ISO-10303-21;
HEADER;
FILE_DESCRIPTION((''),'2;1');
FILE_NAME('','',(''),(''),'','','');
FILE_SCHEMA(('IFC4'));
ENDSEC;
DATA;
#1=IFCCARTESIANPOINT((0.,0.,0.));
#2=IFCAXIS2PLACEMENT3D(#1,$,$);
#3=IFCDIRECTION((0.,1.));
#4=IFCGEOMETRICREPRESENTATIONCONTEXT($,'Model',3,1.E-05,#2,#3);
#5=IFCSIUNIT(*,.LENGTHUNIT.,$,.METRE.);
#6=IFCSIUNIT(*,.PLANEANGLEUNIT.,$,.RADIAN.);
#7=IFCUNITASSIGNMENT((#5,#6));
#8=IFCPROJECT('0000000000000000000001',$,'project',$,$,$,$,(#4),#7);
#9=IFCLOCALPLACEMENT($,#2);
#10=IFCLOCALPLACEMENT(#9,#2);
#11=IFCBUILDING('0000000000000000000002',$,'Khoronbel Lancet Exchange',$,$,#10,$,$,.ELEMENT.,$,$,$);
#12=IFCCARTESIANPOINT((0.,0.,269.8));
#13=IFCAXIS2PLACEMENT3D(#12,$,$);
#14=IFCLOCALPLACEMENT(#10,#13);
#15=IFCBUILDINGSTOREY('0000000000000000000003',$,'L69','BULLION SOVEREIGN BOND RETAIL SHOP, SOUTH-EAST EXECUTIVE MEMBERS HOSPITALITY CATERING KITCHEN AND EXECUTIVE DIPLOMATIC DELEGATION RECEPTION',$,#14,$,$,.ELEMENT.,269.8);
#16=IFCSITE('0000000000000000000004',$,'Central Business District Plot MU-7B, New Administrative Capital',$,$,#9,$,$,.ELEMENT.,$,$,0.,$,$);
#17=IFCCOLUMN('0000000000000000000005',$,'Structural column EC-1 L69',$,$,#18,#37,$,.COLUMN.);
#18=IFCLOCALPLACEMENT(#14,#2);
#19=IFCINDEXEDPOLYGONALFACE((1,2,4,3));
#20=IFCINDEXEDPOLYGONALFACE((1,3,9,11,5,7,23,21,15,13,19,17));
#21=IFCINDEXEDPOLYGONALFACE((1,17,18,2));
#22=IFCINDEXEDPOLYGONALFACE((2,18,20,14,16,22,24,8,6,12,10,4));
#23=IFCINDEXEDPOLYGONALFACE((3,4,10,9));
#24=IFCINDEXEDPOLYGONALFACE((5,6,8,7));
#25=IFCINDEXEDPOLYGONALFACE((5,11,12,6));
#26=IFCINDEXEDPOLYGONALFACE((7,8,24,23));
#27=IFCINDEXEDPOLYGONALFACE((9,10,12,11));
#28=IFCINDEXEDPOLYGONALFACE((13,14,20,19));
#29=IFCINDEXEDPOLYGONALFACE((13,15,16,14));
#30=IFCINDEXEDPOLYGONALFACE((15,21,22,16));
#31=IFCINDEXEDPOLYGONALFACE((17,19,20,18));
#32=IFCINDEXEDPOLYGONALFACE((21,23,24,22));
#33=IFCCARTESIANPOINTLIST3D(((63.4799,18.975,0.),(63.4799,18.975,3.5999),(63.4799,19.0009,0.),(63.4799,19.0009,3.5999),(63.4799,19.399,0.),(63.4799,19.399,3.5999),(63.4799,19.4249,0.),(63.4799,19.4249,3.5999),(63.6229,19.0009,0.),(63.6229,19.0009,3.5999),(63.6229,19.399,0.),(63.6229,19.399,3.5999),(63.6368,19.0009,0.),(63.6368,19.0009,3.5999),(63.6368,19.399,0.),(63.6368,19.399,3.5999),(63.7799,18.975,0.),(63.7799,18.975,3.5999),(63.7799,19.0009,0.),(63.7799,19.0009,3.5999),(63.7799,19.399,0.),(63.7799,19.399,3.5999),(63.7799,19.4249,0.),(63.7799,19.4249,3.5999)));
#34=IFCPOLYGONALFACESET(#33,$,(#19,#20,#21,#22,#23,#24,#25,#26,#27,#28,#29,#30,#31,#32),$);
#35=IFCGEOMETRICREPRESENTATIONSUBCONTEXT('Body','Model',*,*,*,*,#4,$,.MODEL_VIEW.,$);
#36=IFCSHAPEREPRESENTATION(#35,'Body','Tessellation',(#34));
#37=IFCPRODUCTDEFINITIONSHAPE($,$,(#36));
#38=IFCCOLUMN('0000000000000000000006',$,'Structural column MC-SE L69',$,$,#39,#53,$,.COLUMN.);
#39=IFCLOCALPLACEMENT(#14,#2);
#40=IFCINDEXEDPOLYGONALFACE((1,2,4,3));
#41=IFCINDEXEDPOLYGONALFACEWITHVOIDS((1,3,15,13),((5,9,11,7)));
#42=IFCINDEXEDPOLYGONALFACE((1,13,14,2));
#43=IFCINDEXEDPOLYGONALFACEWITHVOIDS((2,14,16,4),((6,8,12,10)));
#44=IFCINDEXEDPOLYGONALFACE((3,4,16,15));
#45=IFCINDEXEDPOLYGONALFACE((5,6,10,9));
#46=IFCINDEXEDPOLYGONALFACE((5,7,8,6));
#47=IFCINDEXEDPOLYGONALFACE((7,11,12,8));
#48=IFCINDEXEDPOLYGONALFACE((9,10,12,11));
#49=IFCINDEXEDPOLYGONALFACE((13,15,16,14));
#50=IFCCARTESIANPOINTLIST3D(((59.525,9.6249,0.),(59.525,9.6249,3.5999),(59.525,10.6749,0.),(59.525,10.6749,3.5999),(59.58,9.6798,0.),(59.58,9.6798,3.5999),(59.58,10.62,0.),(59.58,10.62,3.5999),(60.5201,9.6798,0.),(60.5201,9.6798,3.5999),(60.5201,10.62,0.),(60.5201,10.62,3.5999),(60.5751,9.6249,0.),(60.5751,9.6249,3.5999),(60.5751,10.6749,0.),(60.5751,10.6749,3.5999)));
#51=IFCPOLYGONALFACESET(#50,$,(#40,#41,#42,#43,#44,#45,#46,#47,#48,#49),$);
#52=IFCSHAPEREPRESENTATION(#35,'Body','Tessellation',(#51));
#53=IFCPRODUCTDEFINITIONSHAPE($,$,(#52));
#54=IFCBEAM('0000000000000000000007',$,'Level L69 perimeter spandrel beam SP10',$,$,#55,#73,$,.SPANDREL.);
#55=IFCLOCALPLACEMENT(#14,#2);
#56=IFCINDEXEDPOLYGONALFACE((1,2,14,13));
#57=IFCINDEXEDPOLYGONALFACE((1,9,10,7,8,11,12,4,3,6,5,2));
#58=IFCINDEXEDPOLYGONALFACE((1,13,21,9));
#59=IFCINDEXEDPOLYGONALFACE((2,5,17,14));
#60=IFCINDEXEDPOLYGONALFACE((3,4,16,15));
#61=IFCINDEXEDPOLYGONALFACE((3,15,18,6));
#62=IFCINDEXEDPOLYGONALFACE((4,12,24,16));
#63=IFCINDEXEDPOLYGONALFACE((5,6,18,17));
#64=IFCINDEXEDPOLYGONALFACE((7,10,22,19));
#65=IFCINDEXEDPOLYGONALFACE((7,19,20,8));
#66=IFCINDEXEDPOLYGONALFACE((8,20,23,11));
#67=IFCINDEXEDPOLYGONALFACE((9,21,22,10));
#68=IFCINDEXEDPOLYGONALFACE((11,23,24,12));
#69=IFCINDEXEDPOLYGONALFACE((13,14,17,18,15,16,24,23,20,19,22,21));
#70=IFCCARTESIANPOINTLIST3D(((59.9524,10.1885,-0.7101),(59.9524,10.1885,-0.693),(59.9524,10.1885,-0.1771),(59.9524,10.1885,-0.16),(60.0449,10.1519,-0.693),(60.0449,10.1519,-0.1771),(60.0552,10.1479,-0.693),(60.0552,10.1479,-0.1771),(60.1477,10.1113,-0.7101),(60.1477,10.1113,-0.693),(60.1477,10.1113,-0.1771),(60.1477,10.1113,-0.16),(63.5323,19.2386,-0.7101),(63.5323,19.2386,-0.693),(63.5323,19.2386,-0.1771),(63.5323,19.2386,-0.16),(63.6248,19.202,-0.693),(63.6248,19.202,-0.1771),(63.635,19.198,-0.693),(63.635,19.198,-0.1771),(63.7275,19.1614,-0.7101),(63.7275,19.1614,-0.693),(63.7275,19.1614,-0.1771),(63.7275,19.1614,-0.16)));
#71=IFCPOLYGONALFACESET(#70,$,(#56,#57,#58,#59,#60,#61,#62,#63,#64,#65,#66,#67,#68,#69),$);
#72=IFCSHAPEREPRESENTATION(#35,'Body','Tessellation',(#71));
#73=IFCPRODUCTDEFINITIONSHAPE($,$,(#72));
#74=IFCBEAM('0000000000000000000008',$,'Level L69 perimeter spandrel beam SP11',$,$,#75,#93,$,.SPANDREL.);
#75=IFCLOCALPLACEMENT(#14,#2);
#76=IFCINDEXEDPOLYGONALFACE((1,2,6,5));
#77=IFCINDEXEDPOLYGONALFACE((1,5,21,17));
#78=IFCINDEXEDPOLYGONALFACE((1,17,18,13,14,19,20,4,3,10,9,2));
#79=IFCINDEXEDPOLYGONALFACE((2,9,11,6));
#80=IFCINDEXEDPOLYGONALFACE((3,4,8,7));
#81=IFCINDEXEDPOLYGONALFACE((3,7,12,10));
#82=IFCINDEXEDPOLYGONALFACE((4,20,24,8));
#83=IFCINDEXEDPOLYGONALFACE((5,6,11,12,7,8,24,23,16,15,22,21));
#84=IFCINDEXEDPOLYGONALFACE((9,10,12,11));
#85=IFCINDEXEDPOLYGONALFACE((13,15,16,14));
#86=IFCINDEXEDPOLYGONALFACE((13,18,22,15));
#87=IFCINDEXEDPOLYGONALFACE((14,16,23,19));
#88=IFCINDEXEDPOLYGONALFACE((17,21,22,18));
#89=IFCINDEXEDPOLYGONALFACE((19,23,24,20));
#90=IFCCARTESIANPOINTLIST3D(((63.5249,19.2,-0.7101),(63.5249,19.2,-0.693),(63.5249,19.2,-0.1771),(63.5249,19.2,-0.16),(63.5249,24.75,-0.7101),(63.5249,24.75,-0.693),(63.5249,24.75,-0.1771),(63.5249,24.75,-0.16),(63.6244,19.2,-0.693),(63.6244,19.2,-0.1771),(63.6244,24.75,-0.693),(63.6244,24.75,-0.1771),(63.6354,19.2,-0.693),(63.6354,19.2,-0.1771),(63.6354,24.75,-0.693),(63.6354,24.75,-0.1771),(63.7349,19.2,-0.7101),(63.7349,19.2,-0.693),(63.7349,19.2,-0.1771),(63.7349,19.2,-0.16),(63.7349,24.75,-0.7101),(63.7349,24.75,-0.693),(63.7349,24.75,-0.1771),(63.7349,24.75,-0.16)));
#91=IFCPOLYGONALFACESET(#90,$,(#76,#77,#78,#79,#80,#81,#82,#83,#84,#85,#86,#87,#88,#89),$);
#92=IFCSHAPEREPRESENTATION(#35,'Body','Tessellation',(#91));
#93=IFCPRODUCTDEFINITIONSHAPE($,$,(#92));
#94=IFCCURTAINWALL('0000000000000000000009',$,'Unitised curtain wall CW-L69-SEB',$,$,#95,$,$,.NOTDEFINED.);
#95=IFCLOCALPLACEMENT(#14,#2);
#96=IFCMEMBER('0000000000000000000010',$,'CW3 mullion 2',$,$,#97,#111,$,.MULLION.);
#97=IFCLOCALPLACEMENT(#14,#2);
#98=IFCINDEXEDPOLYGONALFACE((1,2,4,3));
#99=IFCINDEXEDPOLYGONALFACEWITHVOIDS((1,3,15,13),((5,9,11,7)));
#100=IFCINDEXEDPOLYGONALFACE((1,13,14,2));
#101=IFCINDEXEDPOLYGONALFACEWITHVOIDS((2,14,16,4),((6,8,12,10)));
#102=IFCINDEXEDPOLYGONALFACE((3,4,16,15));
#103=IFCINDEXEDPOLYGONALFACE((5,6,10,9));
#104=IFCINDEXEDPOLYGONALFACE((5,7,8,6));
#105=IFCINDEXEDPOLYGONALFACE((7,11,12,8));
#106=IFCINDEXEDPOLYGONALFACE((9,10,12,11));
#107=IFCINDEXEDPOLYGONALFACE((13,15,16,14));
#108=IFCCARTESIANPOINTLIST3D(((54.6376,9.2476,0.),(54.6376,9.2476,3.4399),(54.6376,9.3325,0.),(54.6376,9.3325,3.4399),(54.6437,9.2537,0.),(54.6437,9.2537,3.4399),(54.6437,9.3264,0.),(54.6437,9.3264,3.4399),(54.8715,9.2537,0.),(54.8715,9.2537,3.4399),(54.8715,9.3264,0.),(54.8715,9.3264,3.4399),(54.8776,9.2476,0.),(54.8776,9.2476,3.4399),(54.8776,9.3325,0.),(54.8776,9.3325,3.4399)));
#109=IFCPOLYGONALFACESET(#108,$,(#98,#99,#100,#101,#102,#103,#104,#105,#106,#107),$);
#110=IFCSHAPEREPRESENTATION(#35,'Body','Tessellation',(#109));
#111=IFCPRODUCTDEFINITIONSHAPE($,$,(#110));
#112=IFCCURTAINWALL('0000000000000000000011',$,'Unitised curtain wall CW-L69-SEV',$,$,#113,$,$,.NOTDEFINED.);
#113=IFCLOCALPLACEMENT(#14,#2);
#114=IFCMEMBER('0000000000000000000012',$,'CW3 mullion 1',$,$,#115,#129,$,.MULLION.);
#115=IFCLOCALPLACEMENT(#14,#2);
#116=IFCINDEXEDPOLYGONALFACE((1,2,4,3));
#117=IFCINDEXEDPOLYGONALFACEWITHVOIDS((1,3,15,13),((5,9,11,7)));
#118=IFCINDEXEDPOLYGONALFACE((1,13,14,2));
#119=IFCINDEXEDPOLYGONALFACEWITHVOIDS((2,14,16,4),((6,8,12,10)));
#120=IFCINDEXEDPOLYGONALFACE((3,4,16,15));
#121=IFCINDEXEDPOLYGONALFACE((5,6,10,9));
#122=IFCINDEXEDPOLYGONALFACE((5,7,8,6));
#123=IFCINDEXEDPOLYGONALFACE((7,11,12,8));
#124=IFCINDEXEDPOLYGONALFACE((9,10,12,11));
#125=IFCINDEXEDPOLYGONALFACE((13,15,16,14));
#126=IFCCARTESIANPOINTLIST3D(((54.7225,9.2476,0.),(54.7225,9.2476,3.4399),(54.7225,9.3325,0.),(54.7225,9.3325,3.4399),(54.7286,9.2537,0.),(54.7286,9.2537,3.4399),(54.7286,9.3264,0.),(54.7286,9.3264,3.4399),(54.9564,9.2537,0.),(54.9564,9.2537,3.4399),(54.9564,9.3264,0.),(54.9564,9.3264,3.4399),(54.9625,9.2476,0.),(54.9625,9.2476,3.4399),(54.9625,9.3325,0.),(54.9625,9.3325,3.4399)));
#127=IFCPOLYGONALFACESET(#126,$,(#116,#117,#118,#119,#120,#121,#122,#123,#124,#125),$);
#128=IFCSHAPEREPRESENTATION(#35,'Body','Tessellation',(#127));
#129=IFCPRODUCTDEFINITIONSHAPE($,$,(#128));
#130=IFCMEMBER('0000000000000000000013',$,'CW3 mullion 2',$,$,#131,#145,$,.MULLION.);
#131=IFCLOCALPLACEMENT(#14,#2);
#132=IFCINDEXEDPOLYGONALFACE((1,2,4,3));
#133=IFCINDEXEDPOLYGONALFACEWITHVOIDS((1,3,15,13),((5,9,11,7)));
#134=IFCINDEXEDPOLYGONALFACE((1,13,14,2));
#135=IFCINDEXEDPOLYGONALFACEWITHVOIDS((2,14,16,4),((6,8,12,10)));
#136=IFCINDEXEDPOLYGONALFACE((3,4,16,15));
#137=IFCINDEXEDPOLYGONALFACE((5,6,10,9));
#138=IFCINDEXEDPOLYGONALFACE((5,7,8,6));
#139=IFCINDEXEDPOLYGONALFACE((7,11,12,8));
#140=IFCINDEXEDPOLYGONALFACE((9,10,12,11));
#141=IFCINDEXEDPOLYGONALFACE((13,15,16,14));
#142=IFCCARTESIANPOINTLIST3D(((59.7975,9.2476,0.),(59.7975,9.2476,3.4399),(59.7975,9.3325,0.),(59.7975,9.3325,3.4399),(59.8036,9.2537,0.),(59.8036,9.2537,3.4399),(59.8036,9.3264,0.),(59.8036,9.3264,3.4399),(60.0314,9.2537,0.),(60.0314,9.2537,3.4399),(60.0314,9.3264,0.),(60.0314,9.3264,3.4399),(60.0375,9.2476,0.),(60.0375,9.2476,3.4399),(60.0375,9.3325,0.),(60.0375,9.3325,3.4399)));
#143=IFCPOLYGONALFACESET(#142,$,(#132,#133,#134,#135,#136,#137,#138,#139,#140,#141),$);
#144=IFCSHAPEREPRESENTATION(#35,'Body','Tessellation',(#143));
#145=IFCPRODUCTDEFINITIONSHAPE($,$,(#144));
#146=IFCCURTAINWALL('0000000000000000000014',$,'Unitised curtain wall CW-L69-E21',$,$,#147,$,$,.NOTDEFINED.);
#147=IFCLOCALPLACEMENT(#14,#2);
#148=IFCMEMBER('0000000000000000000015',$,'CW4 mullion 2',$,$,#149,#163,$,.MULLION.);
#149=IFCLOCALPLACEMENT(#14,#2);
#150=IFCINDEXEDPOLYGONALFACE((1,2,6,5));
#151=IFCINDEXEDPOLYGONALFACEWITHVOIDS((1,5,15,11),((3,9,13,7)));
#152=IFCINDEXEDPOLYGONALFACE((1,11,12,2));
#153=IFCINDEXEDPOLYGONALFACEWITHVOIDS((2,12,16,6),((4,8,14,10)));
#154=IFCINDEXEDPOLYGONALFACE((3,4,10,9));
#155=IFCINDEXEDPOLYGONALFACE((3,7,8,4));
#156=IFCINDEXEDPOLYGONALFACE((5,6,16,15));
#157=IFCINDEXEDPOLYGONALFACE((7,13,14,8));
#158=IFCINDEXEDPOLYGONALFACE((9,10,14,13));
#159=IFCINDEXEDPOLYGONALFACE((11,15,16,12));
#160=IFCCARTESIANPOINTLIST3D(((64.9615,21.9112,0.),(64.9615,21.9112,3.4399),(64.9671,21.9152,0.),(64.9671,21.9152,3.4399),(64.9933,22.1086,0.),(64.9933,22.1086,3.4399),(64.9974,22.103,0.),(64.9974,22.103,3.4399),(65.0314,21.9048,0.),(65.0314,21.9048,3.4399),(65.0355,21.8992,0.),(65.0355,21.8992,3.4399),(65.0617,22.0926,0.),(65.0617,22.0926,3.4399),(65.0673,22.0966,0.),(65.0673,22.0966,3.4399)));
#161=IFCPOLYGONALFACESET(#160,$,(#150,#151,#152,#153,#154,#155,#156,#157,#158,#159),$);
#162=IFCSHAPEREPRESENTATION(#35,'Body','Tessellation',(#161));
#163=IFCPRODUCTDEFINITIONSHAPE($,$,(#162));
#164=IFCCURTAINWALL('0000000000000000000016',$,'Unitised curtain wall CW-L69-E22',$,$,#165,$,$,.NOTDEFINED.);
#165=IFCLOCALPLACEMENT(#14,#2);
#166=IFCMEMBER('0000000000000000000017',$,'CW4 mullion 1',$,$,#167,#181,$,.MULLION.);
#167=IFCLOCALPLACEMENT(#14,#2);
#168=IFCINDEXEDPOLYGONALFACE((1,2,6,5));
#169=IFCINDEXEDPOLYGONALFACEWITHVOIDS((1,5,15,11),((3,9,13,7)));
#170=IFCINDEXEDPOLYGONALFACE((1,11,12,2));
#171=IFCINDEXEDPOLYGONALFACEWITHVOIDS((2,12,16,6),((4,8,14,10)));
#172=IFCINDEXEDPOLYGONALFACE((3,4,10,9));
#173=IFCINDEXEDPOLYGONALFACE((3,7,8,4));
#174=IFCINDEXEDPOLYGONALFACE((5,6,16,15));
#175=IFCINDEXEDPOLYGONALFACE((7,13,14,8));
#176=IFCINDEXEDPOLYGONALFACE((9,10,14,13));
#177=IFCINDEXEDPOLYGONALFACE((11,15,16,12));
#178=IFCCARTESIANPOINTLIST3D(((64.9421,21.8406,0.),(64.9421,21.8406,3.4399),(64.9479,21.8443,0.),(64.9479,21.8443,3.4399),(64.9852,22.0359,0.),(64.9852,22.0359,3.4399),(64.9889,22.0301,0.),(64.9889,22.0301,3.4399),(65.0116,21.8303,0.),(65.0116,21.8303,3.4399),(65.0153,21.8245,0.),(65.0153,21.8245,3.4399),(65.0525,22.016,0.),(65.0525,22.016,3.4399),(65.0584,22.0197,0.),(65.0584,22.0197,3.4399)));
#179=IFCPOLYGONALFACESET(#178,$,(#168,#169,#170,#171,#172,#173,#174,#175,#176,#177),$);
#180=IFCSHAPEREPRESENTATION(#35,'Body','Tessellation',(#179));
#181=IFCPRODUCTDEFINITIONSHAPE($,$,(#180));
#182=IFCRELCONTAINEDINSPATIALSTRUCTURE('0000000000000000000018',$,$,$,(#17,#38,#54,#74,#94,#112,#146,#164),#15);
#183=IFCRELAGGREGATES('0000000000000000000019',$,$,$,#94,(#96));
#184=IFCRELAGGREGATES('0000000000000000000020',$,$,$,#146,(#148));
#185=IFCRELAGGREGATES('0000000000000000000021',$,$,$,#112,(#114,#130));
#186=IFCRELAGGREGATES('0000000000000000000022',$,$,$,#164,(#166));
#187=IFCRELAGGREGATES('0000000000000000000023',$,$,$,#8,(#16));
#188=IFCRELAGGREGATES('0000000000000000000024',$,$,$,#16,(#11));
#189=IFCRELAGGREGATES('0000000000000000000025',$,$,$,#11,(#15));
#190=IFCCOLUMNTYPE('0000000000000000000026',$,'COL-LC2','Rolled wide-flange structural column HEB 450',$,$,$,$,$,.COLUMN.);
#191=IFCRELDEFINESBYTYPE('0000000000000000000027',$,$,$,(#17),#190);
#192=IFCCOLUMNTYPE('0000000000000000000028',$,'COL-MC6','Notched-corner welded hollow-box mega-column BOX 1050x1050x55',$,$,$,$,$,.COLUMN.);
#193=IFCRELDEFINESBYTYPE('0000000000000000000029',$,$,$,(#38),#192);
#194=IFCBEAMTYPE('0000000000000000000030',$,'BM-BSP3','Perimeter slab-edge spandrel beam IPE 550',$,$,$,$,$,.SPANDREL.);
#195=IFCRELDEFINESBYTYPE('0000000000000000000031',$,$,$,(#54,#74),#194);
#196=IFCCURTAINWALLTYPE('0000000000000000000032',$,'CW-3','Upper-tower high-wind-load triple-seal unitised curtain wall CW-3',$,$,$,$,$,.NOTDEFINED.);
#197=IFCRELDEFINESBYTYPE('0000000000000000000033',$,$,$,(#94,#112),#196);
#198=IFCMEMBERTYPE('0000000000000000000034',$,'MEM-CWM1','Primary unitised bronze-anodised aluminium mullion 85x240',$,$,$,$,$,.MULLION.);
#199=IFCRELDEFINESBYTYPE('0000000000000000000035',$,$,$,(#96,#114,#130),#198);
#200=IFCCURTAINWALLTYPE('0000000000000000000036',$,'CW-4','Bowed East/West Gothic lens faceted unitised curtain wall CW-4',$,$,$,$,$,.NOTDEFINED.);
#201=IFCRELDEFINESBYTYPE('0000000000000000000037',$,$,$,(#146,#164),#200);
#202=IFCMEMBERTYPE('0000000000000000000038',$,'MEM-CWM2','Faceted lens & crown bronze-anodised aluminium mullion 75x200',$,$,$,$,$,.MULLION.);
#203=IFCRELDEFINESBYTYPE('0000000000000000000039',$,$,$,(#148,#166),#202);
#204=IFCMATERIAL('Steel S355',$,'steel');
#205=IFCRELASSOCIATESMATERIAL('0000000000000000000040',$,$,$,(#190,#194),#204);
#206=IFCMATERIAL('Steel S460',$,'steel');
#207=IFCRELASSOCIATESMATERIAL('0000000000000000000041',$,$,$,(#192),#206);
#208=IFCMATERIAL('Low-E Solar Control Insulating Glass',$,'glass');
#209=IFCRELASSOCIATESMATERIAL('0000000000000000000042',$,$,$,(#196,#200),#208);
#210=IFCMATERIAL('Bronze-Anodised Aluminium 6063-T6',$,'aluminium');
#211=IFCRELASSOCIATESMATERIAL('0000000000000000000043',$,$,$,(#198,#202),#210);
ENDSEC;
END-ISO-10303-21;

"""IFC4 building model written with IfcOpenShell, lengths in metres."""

from ifc_helpers import new_model, si_unit, direction, frame, origin, origin_2d, place, context, subcontext, project, spatial, hollow_rectangle, i_section, extrude, material, material_profile, profile_set, type_object, element, aggregate, save


model = new_model("IFC4")

# Units and contexts
model_context = context("Model", 3, precision=1e-05, world=origin(), true_north=direction((0.0, 1.0)))
body_context = subcontext(model_context, "Body", "Model", "MODEL_VIEW")
ifc_project = project(units=[si_unit("LENGTHUNIT", "METRE"), si_unit("PLANEANGLEUNIT", "RADIAN")], contexts=[model_context])

# Site, building, storey
site_placement = place(None, origin())
site = spatial("IfcSite", under=ifc_project, at=site_placement, Name="Central Business District Plot MU-7B, New Administrative Capital", CompositionType="ELEMENT", RefElevation=0.0)
building_placement = place(site_placement, origin())
building = spatial("IfcBuilding", under=site, at=building_placement, Name="Khoronbel Lancet Exchange", CompositionType="ELEMENT")
storey_placement = place(building_placement, frame((0.0, 0.0, 269.8)))
storey = spatial("IfcBuildingStorey", under=building, at=storey_placement, Name="L69", Description="BULLION SOVEREIGN BOND RETAIL SHOP, SOUTH-EAST EXECUTIVE MEMBERS HOSPITALITY CATERING KITCHEN AND EXECUTIVE DIPLOMATIC DELEGATION RECEPTION", CompositionType="ELEMENT", Elevation=269.8)

# Columns
ifc_material_1 = material(Name="Steel S355", Category="steel")
ifc_material_profile_1 = material_profile(ifc_material_1, i_section(OverallWidth=0.3, OverallDepth=0.45, WebThickness=0.0139, FlangeThickness=0.0259, at=origin_2d()), Name="HEB 450")
ifc_profile_set_1 = profile_set([ifc_material_profile_1], Name="Steel S355")
column_type_1 = type_object("IfcColumnType", Name="COL-LC2", Description="Rolled wide-flange structural column HEB 450", PredefinedType="COLUMN", material=ifc_profile_set_1)
column_1_placement = place(storey_placement, frame((63.6299, 19.2, 0.0), z_axis=(0.0, 0.0, 1.0), x_axis=(1.0, 0.0, 0.0)))
element("IfcColumn", 1, at=column_1_placement, inside=storey, type_object=column_type_1, Name="Structural column EC-1 L69", PredefinedType="COLUMN", context=body_context, shape_type="SweptSolid", body=[
    extrude(i_section(OverallWidth=0.3, OverallDepth=0.45, WebThickness=0.0139, FlangeThickness=0.0259, at=origin_2d()), origin(), (0.0, 0.0, 1.0), 3.5999),
])
ifc_material_2 = material(Name="Steel S460", Category="steel")
ifc_material_profile_2 = material_profile(ifc_material_2, hollow_rectangle(XDim=1.05, YDim=1.05, WallThickness=0.0549, at=origin_2d()), Name="BOX 1050x1050x55")
ifc_profile_set_2 = profile_set([ifc_material_profile_2], Name="Steel S460")
column_type_2 = type_object("IfcColumnType", Name="COL-MC6", Description="Notched-corner welded hollow-box mega-column BOX 1050x1050x55", PredefinedType="COLUMN", material=ifc_profile_set_2)
column_2_placement = place(storey_placement, frame((60.05, 10.1499, 0.0), z_axis=(0.0, 0.0, 1.0), x_axis=(1.0, 0.0, 0.0)))
element("IfcColumn", 2, at=column_2_placement, inside=storey, type_object=column_type_2, Name="Structural column MC-SE L69", PredefinedType="COLUMN", context=body_context, shape_type="SweptSolid", body=[
    extrude(hollow_rectangle(XDim=1.05, YDim=1.05, WallThickness=0.0549, at=origin_2d()), origin(), (0.0, 0.0, 1.0), 3.5999),
])

# Beams
ifc_material_profile_3 = material_profile(ifc_material_1, i_section(OverallWidth=0.21, OverallDepth=0.55, WebThickness=0.011, FlangeThickness=0.0171, at=origin_2d()), Name="IPE 550")
ifc_profile_set_3 = profile_set([ifc_material_profile_3], Name="Steel S355")
beam_type = type_object("IfcBeamType", Name="BM-BSP3", Description="Perimeter slab-edge spandrel beam IPE 550", PredefinedType="SPANDREL", material=ifc_profile_set_3)
beam_1_placement = place(storey_placement, frame((60.05, 10.1499, -0.4351), z_axis=(0.367828, 0.929894, 0.0), x_axis=(-0.929894, 0.367828, 0.0)))
element("IfcBeam", 3, at=beam_1_placement, inside=storey, type_object=beam_type, Name="Level L69 perimeter spandrel beam SP10", PredefinedType="SPANDREL", context=body_context, shape_type="SweptSolid", body=[
    extrude(i_section(OverallWidth=0.21, OverallDepth=0.55, WebThickness=0.011, FlangeThickness=0.0171, at=origin_2d()), origin(), (0.0, 0.0, 1.0), 9.7324),
])
beam_2_placement = place(storey_placement, frame((63.6299, 19.2, -0.4351), z_axis=(0.0, 1.0, 0.0), x_axis=(-1.0, 0.0, 0.0)))
element("IfcBeam", 4, at=beam_2_placement, inside=storey, type_object=beam_type, Name="Level L69 perimeter spandrel beam SP11", PredefinedType="SPANDREL", context=body_context, shape_type="SweptSolid", body=[
    extrude(i_section(OverallWidth=0.21, OverallDepth=0.55, WebThickness=0.011, FlangeThickness=0.0171, at=origin_2d()), origin(), (0.0, 0.0, 1.0), 5.55),
])

# Curtain wall, member
ifc_material_3 = material(Name="Low-E Solar Control Insulating Glass", Category="glass")
curtain_wall_type_1 = type_object("IfcCurtainWallType", Name="CW-3", Description="Upper-tower high-wind-load triple-seal unitised curtain wall CW-3", PredefinedType="NOTDEFINED", material=ifc_material_3)
curtain_wall_1_placement = place(storey_placement, origin())
curtain_wall_1 = element("IfcCurtainWall", 5, at=curtain_wall_1_placement, inside=storey, type_object=curtain_wall_type_1, Name="Unitised curtain wall CW-L69-SEB", PredefinedType="NOTDEFINED")
ifc_material_4 = material(Name="Bronze-Anodised Aluminium 6063-T6", Category="aluminium")
ifc_material_profile_4 = material_profile(ifc_material_4, hollow_rectangle(XDim=0.085, YDim=0.24, WallThickness=0.0061, at=origin_2d()), Name="ALU MULLION 85x240")
ifc_profile_set_4 = profile_set([ifc_material_profile_4], Name="Bronze-Anodised Aluminium 6063-T6")
member_type_1 = type_object("IfcMemberType", Name="MEM-CWM1", Description="Primary unitised bronze-anodised aluminium mullion 85x240", PredefinedType="MULLION", material=ifc_profile_set_4)
member_1_placement = place(storey_placement, frame((54.7576, 9.29, 0.0), z_axis=(0.0, 0.0, 1.0), x_axis=(0.0, 1.0, 0.0)))
member_1 = element("IfcMember", 6, at=member_1_placement, type_object=member_type_1, Name="CW3 mullion 2", PredefinedType="MULLION", context=body_context, shape_type="SweptSolid", body=[
    extrude(hollow_rectangle(XDim=0.085, YDim=0.24, WallThickness=0.0061, at=origin_2d()), origin(), (0.0, 0.0, 1.0), 3.4399),
])
aggregate(curtain_wall_1, [member_1])

# Curtain wall, members
curtain_wall_2_placement = place(storey_placement, origin())
curtain_wall_2 = element("IfcCurtainWall", 7, at=curtain_wall_2_placement, inside=storey, type_object=curtain_wall_type_1, Name="Unitised curtain wall CW-L69-SEV", PredefinedType="NOTDEFINED")
member_2_placement = place(storey_placement, frame((54.8425, 9.29, 0.0), z_axis=(0.0, 0.0, 1.0), x_axis=(0.0, 1.0, 0.0)))
member_2 = element("IfcMember", 8, at=member_2_placement, type_object=member_type_1, Name="CW3 mullion 1", PredefinedType="MULLION", context=body_context, shape_type="SweptSolid", body=[
    extrude(hollow_rectangle(XDim=0.085, YDim=0.24, WallThickness=0.0061, at=origin_2d()), origin(), (0.0, 0.0, 1.0), 3.4399),
])
member_3_placement = place(storey_placement, frame((59.9175, 9.29, 0.0), z_axis=(0.0, 0.0, 1.0), x_axis=(0.0, 1.0, 0.0)))
member_3 = element("IfcMember", 9, at=member_3_placement, type_object=member_type_1, Name="CW3 mullion 2", PredefinedType="MULLION", context=body_context, shape_type="SweptSolid", body=[
    extrude(hollow_rectangle(XDim=0.085, YDim=0.24, WallThickness=0.0061, at=origin_2d()), origin(), (0.0, 0.0, 1.0), 3.4399),
])

# Curtain wall, member
curtain_wall_type_2 = type_object("IfcCurtainWallType", Name="CW-4", Description="Bowed East/West Gothic lens faceted unitised curtain wall CW-4", PredefinedType="NOTDEFINED", material=ifc_material_3)
curtain_wall_3_placement = place(storey_placement, origin())
curtain_wall_3 = element("IfcCurtainWall", 10, at=curtain_wall_3_placement, inside=storey, type_object=curtain_wall_type_2, Name="Unitised curtain wall CW-L69-E21", PredefinedType="NOTDEFINED")
ifc_material_profile_5 = material_profile(ifc_material_4, hollow_rectangle(XDim=0.075, YDim=0.2, WallThickness=0.0049, at=origin_2d()), Name="ALU MULLION 75x200")
ifc_profile_set_5 = profile_set([ifc_material_profile_5], Name="Bronze-Anodised Aluminium 6063-T6")
member_type_2 = type_object("IfcMemberType", Name="MEM-CWM2", Description="Faceted lens & crown bronze-anodised aluminium mullion 75x200", PredefinedType="MULLION", material=ifc_profile_set_5)
member_4_placement = place(storey_placement, frame((65.0144, 22.0039, 0.0), z_axis=(0.0, 0.0, 1.0), x_axis=(0.987234, -0.159276, 0.0)))
member_4 = element("IfcMember", 11, at=member_4_placement, type_object=member_type_2, Name="CW4 mullion 2", PredefinedType="MULLION", context=body_context, shape_type="SweptSolid", body=[
    extrude(hollow_rectangle(XDim=0.075, YDim=0.2, WallThickness=0.0049, at=origin_2d()), origin(), (0.0, 0.0, 1.0), 3.4399),
])
aggregate(curtain_wall_3, [member_4])

# Curtain wall, member
curtain_wall_4_placement = place(storey_placement, origin())
curtain_wall_4 = element("IfcCurtainWall", 12, at=curtain_wall_4_placement, inside=storey, type_object=curtain_wall_type_2, Name="Unitised curtain wall CW-L69-E22", PredefinedType="NOTDEFINED")
member_5_placement = place(storey_placement, frame((65.0002, 21.9302, 0.0), z_axis=(0.0, 0.0, 1.0), x_axis=(0.976565, -0.215222, 0.0)))
member_5 = element("IfcMember", 13, at=member_5_placement, type_object=member_type_2, Name="CW4 mullion 1", PredefinedType="MULLION", context=body_context, shape_type="SweptSolid", body=[
    extrude(hollow_rectangle(XDim=0.075, YDim=0.2, WallThickness=0.0049, at=origin_2d()), origin(), (0.0, 0.0, 1.0), 3.4399),
])

aggregate(curtain_wall_2, [member_2, member_3])
aggregate(curtain_wall_4, [member_5])

save(model, "model.ifc")
